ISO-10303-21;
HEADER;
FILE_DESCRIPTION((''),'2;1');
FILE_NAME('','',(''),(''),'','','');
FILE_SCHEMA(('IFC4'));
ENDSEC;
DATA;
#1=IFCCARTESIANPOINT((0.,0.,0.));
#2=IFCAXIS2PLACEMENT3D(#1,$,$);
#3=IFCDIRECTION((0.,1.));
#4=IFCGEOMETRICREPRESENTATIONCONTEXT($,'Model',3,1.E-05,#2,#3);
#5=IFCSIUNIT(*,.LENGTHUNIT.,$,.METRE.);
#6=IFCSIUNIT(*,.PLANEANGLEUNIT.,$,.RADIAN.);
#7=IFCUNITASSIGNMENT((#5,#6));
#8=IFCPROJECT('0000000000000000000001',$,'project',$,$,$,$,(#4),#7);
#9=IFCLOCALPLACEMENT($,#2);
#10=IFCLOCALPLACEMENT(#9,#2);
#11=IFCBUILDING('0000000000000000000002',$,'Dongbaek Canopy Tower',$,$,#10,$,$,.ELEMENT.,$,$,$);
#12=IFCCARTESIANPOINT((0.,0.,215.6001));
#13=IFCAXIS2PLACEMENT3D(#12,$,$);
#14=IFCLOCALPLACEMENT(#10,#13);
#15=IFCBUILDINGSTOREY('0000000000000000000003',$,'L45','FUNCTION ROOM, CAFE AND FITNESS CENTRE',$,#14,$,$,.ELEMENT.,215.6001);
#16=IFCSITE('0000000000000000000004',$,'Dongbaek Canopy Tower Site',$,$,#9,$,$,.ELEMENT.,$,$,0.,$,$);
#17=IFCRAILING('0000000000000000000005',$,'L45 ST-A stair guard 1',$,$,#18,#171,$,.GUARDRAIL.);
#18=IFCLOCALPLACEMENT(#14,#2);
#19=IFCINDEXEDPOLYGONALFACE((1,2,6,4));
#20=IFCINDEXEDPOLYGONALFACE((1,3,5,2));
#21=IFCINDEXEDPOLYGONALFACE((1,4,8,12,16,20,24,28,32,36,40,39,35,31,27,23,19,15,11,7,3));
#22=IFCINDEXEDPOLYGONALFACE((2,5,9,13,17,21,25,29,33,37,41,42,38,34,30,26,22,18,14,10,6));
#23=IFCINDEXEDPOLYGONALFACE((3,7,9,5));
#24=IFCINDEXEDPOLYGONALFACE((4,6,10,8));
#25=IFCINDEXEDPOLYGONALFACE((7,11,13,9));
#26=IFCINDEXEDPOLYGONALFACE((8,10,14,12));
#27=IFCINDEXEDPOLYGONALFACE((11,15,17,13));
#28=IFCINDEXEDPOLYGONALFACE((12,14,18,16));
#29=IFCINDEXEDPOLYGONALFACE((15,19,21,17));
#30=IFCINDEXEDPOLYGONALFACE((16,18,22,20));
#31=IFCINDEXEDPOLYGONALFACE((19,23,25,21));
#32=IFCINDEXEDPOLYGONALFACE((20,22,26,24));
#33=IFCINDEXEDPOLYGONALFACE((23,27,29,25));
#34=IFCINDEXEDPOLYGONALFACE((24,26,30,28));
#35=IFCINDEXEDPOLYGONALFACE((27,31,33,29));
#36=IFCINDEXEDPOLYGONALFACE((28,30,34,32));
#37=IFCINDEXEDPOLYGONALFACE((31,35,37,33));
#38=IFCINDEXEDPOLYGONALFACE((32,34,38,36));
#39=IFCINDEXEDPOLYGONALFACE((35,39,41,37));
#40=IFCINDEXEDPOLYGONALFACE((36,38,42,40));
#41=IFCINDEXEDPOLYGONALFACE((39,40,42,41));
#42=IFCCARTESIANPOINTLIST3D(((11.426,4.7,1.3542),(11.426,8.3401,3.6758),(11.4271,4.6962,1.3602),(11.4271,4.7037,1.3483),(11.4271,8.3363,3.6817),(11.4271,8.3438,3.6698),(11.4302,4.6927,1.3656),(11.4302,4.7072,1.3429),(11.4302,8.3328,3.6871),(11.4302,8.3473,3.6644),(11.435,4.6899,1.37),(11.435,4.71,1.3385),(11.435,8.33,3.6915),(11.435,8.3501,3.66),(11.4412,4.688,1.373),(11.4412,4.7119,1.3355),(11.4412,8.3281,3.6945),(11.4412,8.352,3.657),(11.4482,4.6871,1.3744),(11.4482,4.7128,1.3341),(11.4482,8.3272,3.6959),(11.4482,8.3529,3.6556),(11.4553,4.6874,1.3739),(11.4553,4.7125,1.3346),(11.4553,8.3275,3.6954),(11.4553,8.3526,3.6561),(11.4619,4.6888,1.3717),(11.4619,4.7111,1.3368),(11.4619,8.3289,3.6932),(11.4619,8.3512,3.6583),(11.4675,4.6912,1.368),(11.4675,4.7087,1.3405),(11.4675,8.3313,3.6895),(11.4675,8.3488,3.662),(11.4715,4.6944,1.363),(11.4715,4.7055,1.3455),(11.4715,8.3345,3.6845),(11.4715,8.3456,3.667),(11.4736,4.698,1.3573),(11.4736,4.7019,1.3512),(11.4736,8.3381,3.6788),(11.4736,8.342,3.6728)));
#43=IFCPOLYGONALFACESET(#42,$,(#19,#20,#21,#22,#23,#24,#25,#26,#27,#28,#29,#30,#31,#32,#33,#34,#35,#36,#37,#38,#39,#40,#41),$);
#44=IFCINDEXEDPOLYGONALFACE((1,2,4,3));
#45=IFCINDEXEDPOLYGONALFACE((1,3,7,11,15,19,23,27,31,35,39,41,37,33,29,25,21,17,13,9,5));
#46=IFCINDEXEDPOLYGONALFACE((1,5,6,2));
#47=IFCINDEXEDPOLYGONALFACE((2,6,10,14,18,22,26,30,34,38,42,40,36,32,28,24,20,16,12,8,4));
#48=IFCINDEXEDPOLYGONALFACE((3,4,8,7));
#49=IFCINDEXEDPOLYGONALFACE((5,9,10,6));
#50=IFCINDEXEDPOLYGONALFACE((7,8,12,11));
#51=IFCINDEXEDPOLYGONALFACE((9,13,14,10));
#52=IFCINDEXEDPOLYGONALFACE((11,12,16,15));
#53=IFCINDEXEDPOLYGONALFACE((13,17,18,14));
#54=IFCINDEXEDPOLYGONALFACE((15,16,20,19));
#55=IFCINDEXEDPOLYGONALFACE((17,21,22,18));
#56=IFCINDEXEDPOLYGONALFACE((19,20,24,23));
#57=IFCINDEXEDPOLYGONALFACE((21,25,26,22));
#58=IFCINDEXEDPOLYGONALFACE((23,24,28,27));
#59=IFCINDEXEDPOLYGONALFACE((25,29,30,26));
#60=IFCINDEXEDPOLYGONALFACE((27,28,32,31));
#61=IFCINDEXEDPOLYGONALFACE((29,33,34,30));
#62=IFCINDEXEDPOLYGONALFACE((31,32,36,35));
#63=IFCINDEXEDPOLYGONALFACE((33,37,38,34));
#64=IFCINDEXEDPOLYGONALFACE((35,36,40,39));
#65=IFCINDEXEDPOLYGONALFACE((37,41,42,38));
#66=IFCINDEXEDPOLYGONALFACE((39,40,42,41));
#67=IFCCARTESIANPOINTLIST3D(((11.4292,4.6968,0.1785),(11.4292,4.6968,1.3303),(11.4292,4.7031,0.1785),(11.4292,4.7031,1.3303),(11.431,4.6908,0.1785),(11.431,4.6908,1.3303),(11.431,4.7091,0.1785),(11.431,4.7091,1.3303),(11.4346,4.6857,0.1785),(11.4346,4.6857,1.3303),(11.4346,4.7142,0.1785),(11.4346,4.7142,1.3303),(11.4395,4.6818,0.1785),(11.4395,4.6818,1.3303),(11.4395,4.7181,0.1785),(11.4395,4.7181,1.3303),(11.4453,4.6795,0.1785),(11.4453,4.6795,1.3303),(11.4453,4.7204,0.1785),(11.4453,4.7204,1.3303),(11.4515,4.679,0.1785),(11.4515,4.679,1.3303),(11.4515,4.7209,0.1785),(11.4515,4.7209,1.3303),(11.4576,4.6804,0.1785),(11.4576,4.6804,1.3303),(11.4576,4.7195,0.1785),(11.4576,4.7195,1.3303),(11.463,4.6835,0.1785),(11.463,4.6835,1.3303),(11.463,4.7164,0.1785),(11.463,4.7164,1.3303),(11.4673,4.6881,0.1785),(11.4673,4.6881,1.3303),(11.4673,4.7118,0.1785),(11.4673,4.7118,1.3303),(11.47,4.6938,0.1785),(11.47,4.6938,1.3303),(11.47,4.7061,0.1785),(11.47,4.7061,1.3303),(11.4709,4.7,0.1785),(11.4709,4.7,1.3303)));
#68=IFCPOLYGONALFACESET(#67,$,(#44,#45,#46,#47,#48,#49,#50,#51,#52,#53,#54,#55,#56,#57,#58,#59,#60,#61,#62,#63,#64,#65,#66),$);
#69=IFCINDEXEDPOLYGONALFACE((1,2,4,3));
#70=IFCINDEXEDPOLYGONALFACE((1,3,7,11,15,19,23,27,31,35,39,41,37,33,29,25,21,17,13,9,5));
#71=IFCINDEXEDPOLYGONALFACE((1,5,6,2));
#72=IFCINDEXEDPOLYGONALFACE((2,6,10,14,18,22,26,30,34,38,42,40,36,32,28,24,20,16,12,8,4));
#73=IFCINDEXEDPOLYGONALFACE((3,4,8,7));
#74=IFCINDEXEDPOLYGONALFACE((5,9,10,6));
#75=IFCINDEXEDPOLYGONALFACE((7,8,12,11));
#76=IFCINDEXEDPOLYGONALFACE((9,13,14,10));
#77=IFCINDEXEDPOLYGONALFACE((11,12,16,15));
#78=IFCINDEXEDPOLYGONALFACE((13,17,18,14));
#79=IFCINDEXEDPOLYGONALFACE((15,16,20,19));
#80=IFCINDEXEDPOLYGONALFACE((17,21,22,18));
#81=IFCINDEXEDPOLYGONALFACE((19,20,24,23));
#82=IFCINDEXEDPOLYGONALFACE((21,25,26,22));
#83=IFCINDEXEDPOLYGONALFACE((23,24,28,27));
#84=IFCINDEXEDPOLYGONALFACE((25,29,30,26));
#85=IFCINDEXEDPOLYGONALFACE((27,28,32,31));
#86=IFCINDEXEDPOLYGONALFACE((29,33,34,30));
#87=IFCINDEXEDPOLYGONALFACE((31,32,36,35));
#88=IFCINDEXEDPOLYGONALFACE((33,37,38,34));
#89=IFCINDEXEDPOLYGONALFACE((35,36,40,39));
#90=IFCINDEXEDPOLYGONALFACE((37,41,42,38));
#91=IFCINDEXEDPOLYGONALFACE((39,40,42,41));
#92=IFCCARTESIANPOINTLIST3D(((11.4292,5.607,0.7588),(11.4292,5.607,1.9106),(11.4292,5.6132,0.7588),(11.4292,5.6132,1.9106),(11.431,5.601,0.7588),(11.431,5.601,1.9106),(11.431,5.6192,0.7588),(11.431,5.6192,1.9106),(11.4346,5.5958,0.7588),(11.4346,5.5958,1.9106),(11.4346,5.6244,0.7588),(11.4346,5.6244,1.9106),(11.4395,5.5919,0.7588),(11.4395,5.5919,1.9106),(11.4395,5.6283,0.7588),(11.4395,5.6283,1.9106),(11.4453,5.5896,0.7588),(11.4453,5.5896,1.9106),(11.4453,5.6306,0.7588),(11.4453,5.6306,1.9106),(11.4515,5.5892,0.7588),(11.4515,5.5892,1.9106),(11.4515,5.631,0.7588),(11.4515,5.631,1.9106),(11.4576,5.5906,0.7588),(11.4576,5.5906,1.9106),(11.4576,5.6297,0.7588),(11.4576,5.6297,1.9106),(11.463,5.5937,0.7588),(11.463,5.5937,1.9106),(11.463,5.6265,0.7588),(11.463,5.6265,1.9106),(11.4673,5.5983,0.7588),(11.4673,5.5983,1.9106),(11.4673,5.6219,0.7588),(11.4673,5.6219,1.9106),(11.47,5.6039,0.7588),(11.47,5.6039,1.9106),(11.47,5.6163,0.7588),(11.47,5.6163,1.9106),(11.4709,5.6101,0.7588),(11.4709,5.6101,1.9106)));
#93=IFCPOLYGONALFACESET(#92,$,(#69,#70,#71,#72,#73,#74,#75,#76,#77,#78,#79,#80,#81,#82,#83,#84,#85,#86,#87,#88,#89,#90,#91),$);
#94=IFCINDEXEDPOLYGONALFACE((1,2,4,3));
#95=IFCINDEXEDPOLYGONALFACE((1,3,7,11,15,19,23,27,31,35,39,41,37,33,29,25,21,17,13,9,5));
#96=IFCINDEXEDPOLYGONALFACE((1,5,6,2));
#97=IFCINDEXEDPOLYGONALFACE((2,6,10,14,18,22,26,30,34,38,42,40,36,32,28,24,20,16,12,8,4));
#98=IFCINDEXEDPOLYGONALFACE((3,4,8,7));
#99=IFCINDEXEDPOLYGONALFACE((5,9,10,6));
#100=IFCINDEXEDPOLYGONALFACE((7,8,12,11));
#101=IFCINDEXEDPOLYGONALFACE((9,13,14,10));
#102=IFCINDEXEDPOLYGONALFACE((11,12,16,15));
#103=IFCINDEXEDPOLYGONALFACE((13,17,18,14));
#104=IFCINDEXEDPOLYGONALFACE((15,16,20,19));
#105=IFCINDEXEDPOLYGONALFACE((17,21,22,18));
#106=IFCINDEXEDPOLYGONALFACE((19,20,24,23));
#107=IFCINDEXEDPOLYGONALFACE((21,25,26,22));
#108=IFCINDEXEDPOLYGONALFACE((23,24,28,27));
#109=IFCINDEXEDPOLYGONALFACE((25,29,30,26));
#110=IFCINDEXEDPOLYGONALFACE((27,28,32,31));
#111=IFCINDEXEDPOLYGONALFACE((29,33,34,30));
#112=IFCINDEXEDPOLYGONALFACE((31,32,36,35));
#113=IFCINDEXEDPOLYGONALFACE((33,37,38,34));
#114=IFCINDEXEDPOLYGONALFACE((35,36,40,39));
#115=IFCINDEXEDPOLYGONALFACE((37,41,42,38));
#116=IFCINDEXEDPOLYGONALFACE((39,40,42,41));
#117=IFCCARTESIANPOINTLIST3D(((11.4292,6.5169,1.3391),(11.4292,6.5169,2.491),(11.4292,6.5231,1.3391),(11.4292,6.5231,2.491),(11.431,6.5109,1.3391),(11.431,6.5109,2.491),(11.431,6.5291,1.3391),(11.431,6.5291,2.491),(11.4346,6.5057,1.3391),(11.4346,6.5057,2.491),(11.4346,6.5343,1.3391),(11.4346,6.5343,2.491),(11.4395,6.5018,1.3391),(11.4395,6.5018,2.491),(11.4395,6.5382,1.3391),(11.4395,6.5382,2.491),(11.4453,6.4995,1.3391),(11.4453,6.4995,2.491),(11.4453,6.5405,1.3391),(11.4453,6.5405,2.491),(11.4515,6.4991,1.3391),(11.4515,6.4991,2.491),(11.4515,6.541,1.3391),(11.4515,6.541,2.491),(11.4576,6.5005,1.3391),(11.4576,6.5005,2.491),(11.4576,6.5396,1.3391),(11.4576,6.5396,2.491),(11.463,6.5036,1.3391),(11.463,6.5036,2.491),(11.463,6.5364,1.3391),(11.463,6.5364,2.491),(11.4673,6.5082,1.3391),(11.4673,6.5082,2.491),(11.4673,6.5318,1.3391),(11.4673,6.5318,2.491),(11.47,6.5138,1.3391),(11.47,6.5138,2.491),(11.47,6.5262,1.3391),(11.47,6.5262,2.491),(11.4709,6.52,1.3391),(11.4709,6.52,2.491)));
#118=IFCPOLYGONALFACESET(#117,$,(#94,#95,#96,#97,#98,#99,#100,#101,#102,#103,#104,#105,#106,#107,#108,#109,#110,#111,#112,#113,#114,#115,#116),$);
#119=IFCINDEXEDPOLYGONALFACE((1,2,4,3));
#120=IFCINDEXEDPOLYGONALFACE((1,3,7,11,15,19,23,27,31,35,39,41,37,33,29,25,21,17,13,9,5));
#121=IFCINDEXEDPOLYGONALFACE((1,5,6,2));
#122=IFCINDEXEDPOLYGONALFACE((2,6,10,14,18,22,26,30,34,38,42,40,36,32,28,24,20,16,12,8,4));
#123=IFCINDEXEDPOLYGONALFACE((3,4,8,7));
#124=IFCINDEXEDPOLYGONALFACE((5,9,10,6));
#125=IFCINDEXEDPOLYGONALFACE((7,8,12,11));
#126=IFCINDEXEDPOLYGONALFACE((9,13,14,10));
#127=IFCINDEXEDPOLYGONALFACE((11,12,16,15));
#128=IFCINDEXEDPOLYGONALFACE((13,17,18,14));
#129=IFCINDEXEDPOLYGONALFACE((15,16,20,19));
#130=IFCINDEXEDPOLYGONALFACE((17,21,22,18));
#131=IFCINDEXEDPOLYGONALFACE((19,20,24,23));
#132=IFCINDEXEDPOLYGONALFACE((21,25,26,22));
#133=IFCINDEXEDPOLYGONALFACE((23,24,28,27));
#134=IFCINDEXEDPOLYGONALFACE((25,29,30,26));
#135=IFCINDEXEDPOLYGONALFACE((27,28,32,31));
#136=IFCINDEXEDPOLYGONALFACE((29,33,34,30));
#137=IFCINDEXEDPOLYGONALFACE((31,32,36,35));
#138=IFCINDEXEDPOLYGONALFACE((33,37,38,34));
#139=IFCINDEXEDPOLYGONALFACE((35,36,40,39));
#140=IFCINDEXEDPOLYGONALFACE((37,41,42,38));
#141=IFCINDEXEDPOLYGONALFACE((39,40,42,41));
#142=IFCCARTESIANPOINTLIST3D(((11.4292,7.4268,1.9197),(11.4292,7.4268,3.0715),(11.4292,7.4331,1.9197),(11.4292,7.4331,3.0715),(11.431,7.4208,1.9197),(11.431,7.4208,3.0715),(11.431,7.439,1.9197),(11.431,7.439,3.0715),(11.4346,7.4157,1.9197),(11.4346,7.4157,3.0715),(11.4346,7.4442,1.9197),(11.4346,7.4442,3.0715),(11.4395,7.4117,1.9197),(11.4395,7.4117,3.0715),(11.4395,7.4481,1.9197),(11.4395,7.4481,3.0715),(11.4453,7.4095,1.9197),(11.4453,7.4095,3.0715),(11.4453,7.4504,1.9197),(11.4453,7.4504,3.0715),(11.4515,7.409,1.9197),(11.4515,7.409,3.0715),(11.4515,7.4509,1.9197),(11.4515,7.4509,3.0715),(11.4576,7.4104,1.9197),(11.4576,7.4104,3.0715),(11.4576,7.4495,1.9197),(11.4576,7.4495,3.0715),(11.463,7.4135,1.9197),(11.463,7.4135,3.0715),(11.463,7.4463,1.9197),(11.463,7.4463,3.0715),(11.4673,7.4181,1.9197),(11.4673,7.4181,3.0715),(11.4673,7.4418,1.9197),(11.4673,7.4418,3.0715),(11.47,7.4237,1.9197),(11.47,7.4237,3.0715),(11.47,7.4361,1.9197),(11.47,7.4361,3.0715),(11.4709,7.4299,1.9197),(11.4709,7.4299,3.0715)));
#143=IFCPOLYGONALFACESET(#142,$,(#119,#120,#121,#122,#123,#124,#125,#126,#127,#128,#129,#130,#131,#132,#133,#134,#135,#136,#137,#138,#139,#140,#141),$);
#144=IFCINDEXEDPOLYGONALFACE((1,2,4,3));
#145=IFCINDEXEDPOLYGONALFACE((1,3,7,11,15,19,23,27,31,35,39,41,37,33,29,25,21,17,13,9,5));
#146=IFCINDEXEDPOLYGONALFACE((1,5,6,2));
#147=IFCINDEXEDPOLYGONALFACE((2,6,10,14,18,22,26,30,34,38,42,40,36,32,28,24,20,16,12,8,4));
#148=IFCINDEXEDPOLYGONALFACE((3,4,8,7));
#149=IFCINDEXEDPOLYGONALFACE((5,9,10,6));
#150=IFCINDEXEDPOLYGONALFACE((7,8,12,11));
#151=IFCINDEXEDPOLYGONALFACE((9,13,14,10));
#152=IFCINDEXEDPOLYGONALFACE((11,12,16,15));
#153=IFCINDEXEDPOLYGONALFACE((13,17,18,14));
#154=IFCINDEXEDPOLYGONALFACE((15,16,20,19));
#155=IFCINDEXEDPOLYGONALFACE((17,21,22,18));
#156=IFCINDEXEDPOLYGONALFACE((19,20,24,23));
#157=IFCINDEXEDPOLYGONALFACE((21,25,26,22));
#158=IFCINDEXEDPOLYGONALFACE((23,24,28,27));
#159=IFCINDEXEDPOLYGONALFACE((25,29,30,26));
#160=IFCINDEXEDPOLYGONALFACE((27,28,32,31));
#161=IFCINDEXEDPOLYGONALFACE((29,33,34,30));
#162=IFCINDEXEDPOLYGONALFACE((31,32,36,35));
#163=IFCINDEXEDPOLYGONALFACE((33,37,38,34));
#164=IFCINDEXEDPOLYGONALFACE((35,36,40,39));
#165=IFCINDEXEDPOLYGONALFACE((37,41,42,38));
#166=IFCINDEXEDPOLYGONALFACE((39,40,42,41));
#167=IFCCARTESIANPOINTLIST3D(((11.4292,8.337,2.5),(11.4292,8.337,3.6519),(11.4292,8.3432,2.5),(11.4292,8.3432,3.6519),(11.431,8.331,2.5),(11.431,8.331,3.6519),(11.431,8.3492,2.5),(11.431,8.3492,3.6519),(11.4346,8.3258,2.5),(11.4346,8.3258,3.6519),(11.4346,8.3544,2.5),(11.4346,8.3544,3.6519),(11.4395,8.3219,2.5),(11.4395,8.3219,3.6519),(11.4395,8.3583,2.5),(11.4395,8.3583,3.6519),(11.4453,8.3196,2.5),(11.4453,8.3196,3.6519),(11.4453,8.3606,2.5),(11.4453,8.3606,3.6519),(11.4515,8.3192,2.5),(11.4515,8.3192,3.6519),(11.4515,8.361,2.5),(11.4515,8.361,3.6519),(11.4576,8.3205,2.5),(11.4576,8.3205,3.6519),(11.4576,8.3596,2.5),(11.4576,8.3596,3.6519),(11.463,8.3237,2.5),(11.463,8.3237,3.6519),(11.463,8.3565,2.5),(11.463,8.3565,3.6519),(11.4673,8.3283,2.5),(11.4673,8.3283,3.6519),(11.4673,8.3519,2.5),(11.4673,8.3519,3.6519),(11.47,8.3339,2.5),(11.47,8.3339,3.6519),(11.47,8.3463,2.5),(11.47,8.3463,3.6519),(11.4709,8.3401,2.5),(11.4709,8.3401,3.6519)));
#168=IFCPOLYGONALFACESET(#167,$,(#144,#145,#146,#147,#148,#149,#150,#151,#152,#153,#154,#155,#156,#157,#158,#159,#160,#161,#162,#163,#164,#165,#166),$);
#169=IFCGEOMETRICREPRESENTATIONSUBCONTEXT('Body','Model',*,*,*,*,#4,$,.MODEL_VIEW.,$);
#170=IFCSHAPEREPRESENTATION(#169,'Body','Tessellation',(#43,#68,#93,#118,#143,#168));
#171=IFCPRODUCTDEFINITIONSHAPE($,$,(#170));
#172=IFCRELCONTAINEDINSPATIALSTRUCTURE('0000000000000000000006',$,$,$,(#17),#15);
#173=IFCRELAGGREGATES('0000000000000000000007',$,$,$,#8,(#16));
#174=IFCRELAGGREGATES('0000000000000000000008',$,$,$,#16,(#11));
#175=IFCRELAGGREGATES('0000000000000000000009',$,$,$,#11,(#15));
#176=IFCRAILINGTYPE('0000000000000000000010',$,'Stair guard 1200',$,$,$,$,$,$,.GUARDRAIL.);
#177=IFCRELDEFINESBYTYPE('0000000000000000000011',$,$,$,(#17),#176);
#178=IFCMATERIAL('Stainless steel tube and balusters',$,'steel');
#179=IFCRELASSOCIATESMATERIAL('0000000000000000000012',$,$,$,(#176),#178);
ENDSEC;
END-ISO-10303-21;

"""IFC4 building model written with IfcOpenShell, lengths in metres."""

from ifc_helpers import new_model, si_unit, direction, frame, origin, origin_2d, place, context, subcontext, project, spatial, circle, extrude, material, type_object, element, save


model = new_model("IFC4")

# Units and contexts
model_context = context("Model", 3, precision=1e-05, world=origin(), true_north=direction((0.0, 1.0)))
body_context = subcontext(model_context, "Body", "Model", "MODEL_VIEW")
ifc_project = project(units=[si_unit("LENGTHUNIT", "METRE"), si_unit("PLANEANGLEUNIT", "RADIAN")], contexts=[model_context])

# Site, building, storey
site_placement = place(None, origin())
site = spatial("IfcSite", under=ifc_project, at=site_placement, Name="Dongbaek Canopy Tower Site", CompositionType="ELEMENT", RefElevation=0.0)
building_placement = place(site_placement, origin())
building = spatial("IfcBuilding", under=site, at=building_placement, Name="Dongbaek Canopy Tower", CompositionType="ELEMENT")
storey_placement = place(building_placement, frame((0.0, 0.0, 215.6001)))
storey = spatial("IfcBuildingStorey", under=building, at=storey_placement, Name="L45", Description="FUNCTION ROOM, CAFE AND FITNESS CENTRE", CompositionType="ELEMENT", Elevation=215.6001)

# Railing
ifc_material_1 = material(Name="Stainless steel tube and balusters", Category="steel")
railing_type_1 = type_object("IfcRailingType", Name="Stair guard 1200", PredefinedType="GUARDRAIL", material=ifc_material_1)
railing_1_placement = place(storey_placement, frame((11.45, 4.7, 0.1785)))
element("IfcRailing", 1, at=railing_1_placement, inside=storey, type_object=railing_type_1, Name="L45 ST-A stair guard 1", PredefinedType="GUARDRAIL", context=body_context, shape_type="SweptSolid", body=[
    extrude(circle(Radius=0.0239, at=origin_2d()), frame((0.0, 0.0, 1.1758), z_axis=(0.0, 0.843128, 0.537713), x_axis=(-1.0, 0.0, 0.0)), (0.0, 0.0, 1.0), 4.3174),
    extrude(circle(Radius=0.021, at=origin_2d()), origin(), (0.0, 0.0, 1.0), 1.1519),
    extrude(circle(Radius=0.021, at=origin_2d()), frame((0.0, 0.9102, 0.5803)), (0.0, 0.0, 1.0), 1.1519),
    extrude(circle(Radius=0.021, at=origin_2d()), frame((0.0, 1.8201, 1.1606)), (0.0, 0.0, 1.0), 1.1519),
    extrude(circle(Radius=0.021, at=origin_2d()), frame((0.0, 2.73, 1.7412)), (0.0, 0.0, 1.0), 1.1519),
    extrude(circle(Radius=0.021, at=origin_2d()), frame((0.0, 3.6401, 2.3215)), (0.0, 0.0, 1.0), 1.1519),
])

save(model, "model.ifc")
